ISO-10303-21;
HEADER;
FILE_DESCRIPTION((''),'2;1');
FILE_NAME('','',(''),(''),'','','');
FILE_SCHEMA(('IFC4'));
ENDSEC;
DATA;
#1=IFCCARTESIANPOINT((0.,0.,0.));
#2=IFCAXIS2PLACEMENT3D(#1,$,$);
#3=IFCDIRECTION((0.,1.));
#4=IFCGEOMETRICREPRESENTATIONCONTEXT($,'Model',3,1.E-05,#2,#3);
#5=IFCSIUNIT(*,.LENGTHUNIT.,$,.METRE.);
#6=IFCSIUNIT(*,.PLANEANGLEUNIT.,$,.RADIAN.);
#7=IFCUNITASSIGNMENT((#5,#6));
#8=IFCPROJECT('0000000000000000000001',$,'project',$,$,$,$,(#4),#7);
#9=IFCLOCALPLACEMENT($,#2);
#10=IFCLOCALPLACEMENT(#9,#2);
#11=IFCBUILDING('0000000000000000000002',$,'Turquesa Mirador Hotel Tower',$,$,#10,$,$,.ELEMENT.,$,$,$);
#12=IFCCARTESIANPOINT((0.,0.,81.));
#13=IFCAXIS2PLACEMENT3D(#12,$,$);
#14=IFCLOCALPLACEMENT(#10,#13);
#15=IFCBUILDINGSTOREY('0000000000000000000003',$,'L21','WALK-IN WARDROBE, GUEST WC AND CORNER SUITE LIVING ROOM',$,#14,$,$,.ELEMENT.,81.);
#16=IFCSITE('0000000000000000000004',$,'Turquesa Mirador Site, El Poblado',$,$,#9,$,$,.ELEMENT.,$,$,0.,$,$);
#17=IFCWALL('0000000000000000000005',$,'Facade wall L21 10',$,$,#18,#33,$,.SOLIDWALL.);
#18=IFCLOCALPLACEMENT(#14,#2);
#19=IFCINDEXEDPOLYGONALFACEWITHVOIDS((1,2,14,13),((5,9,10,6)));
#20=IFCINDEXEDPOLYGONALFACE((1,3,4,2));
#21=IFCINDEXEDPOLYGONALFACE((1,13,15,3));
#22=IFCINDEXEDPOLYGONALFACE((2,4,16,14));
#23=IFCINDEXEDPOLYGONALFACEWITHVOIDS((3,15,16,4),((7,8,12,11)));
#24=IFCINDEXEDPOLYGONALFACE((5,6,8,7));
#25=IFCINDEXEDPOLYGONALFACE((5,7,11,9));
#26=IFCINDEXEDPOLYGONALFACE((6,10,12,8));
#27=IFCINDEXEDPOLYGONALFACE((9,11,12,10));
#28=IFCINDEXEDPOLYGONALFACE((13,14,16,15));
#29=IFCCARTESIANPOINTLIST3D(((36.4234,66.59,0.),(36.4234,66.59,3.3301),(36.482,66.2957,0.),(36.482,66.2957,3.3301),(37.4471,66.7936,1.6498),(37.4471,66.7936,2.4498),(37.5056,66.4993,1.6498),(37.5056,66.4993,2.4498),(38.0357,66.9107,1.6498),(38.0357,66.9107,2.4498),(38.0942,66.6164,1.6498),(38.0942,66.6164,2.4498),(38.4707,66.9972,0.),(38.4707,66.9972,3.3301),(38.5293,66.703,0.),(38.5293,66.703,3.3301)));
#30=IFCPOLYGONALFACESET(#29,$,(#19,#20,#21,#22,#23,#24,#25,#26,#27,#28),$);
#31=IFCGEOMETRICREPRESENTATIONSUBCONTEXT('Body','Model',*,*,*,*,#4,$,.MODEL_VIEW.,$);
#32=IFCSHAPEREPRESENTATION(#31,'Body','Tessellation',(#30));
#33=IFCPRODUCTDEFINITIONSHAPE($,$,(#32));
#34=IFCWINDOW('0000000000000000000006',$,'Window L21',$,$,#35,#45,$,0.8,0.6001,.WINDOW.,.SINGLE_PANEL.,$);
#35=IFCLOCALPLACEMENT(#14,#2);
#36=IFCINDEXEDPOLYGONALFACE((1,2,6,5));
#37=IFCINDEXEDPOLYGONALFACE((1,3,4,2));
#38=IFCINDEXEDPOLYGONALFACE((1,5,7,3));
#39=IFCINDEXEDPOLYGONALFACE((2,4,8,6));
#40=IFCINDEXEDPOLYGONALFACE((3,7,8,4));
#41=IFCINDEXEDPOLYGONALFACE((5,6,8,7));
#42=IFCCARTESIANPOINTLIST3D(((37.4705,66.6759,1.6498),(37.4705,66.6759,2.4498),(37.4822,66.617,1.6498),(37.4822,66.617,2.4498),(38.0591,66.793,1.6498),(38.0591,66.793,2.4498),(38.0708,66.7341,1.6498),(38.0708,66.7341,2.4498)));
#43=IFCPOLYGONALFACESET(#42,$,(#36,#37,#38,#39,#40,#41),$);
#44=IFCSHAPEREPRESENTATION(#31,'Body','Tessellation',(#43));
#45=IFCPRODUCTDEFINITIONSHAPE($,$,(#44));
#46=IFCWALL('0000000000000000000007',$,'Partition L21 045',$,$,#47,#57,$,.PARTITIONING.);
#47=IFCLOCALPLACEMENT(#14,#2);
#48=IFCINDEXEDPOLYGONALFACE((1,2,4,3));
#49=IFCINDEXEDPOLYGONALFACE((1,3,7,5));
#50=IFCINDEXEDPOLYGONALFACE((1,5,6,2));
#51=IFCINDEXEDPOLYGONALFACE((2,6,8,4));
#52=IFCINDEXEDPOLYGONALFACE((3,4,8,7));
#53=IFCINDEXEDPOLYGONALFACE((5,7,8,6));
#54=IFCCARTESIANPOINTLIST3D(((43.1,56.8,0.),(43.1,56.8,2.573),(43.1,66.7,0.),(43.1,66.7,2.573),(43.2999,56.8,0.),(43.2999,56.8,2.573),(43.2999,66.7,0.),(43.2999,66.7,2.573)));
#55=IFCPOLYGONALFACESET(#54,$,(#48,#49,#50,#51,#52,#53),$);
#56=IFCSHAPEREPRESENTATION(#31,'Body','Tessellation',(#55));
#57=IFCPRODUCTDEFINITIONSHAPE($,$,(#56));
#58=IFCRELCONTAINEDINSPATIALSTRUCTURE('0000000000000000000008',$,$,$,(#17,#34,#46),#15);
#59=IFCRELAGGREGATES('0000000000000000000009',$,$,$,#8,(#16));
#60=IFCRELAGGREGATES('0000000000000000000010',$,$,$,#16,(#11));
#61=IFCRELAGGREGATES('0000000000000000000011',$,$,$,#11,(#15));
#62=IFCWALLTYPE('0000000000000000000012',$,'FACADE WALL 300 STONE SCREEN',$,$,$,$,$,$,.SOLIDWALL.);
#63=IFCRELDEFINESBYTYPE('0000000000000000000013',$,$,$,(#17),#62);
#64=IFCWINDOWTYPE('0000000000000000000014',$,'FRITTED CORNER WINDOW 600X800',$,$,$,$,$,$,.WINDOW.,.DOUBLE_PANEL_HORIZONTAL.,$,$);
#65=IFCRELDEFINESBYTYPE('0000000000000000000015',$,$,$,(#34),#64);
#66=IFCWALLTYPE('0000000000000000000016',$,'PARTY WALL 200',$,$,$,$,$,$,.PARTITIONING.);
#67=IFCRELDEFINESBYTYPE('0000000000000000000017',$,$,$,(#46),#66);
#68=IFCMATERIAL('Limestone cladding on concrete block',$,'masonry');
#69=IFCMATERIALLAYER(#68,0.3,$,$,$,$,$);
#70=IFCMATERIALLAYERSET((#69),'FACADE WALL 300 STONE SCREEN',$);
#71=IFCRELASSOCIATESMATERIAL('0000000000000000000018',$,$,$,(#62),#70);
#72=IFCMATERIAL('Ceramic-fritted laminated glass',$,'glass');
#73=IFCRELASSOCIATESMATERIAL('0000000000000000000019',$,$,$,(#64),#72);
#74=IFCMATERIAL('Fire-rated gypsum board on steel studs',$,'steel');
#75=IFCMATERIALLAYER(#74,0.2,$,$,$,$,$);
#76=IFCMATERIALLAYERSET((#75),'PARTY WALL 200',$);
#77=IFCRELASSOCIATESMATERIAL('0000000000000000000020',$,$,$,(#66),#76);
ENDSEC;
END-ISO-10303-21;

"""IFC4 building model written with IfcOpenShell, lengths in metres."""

from ifc_helpers import new_model, si_unit, direction, frame, frame_2d, origin, place, context, subcontext, project, spatial, rectangle, extrude, material, layer, layer_set, type_object, element, fill, save


model = new_model("IFC4")

# Units and contexts
model_context = context("Model", 3, precision=1e-05, world=origin(), true_north=direction((0.0, 1.0)))
body_context = subcontext(model_context, "Body", "Model", "MODEL_VIEW")
ifc_project = project(units=[si_unit("LENGTHUNIT", "METRE"), si_unit("PLANEANGLEUNIT", "RADIAN")], contexts=[model_context])

# Site, building, storey
site_placement = place(None, origin())
site = spatial("IfcSite", under=ifc_project, at=site_placement, Name="Turquesa Mirador Site, El Poblado", CompositionType="ELEMENT", RefElevation=0.0)
building_placement = place(site_placement, origin())
building = spatial("IfcBuilding", under=site, at=building_placement, Name="Turquesa Mirador Hotel Tower", CompositionType="ELEMENT")
storey_placement = place(building_placement, frame((0.0, 0.0, 81.0)))
storey = spatial("IfcBuildingStorey", under=building, at=storey_placement, Name="L21", Description="WALK-IN WARDROBE, GUEST WC AND CORNER SUITE LIVING ROOM", CompositionType="ELEMENT", Elevation=81.0)

# Wall, opening, window
ifc_material_1 = material(Name="Limestone cladding on concrete block", Category="masonry")
ifc_layer_1 = layer(ifc_material_1, 0.3)
ifc_layer_set_1 = layer_set([ifc_layer_1], Name="FACADE WALL 300 STONE SCREEN")
wall_type_1 = type_object("IfcWallType", Name="FACADE WALL 300 STONE SCREEN", PredefinedType="SOLIDWALL", material=ifc_layer_set_1)
wall_1_placement = place(storey_placement, frame((38.5, 66.8501, 0.0), z_axis=(0.0, 0.0, 1.0), x_axis=(-0.980787, -0.195081, 0.0)))
wall_1 = element("IfcWall", 1, at=wall_1_placement, inside=storey, type_object=wall_type_1, Name="Facade wall L21 10", PredefinedType="SOLIDWALL", context=body_context, shape_type="SweptSolid", body=[
    extrude(rectangle(XDim=2.0874, YDim=0.3, at=frame_2d((1.0437, 0.0))), origin(), (0.0, 0.0, 1.0), 3.3301),
])
opening_1_placement = place(wall_1_placement, frame((0.4436, 0.0, 1.6499)))
opening_1 = element("IfcOpeningElement", 2, at=opening_1_placement, cuts=wall_1, PredefinedType="OPENING", context=body_context, shape_type="SweptSolid", body=[
    extrude(rectangle(XDim=0.6001, YDim=0.8, at=frame_2d((0.3, 0.3999))), frame((0.0, 0.1599, 0.0), z_axis=(0.0, -1.0, 0.0), x_axis=(1.0, 0.0, 0.0)), (0.0, 0.0, 1.0), 0.3201),
])
ifc_material_2 = material(Name="Ceramic-fritted laminated glass", Category="glass")
window_type = type_object("IfcWindowType", Name="FRITTED CORNER WINDOW 600X800", PartitioningType="DOUBLE_PANEL_HORIZONTAL", PredefinedType="WINDOW", material=ifc_material_2)
window_placement = place(opening_1_placement, origin())
window = element("IfcWindow", 3, at=window_placement, inside=storey, type_object=window_type, Name="Window L21", OverallHeight=0.8, OverallWidth=0.6001, PartitioningType="SINGLE_PANEL", PredefinedType="WINDOW", context=body_context, shape_type="SweptSolid", body=[
    extrude(rectangle(XDim=0.6001, YDim=0.8, at=frame_2d((0.3, 0.3999))), frame((0.0, 0.03, 0.0), z_axis=(0.0, -1.0, 0.0), x_axis=(1.0, 0.0, 0.0)), (0.0, 0.0, 1.0), 0.0601),
])
fill(opening_1, window)

# Wall
ifc_material_3 = material(Name="Fire-rated gypsum board on steel studs", Category="steel")
ifc_layer_2 = layer(ifc_material_3, 0.2)
ifc_layer_set_2 = layer_set([ifc_layer_2], Name="PARTY WALL 200")
wall_type_2 = type_object("IfcWallType", Name="PARTY WALL 200", PredefinedType="PARTITIONING", material=ifc_layer_set_2)
wall_2_placement = place(storey_placement, frame((43.2, 56.8, 0.0), z_axis=(0.0, 0.0, 1.0), x_axis=(0.0, 1.0, 0.0)))
element("IfcWall", 4, at=wall_2_placement, inside=storey, type_object=wall_type_2, Name="Partition L21 045", PredefinedType="PARTITIONING", context=body_context, shape_type="SweptSolid", body=[
    extrude(rectangle(XDim=9.8999, YDim=0.2, at=frame_2d((4.95, 0.0))), origin(), (0.0, 0.0, 1.0), 2.573),
])

save(model, "model.ifc")
